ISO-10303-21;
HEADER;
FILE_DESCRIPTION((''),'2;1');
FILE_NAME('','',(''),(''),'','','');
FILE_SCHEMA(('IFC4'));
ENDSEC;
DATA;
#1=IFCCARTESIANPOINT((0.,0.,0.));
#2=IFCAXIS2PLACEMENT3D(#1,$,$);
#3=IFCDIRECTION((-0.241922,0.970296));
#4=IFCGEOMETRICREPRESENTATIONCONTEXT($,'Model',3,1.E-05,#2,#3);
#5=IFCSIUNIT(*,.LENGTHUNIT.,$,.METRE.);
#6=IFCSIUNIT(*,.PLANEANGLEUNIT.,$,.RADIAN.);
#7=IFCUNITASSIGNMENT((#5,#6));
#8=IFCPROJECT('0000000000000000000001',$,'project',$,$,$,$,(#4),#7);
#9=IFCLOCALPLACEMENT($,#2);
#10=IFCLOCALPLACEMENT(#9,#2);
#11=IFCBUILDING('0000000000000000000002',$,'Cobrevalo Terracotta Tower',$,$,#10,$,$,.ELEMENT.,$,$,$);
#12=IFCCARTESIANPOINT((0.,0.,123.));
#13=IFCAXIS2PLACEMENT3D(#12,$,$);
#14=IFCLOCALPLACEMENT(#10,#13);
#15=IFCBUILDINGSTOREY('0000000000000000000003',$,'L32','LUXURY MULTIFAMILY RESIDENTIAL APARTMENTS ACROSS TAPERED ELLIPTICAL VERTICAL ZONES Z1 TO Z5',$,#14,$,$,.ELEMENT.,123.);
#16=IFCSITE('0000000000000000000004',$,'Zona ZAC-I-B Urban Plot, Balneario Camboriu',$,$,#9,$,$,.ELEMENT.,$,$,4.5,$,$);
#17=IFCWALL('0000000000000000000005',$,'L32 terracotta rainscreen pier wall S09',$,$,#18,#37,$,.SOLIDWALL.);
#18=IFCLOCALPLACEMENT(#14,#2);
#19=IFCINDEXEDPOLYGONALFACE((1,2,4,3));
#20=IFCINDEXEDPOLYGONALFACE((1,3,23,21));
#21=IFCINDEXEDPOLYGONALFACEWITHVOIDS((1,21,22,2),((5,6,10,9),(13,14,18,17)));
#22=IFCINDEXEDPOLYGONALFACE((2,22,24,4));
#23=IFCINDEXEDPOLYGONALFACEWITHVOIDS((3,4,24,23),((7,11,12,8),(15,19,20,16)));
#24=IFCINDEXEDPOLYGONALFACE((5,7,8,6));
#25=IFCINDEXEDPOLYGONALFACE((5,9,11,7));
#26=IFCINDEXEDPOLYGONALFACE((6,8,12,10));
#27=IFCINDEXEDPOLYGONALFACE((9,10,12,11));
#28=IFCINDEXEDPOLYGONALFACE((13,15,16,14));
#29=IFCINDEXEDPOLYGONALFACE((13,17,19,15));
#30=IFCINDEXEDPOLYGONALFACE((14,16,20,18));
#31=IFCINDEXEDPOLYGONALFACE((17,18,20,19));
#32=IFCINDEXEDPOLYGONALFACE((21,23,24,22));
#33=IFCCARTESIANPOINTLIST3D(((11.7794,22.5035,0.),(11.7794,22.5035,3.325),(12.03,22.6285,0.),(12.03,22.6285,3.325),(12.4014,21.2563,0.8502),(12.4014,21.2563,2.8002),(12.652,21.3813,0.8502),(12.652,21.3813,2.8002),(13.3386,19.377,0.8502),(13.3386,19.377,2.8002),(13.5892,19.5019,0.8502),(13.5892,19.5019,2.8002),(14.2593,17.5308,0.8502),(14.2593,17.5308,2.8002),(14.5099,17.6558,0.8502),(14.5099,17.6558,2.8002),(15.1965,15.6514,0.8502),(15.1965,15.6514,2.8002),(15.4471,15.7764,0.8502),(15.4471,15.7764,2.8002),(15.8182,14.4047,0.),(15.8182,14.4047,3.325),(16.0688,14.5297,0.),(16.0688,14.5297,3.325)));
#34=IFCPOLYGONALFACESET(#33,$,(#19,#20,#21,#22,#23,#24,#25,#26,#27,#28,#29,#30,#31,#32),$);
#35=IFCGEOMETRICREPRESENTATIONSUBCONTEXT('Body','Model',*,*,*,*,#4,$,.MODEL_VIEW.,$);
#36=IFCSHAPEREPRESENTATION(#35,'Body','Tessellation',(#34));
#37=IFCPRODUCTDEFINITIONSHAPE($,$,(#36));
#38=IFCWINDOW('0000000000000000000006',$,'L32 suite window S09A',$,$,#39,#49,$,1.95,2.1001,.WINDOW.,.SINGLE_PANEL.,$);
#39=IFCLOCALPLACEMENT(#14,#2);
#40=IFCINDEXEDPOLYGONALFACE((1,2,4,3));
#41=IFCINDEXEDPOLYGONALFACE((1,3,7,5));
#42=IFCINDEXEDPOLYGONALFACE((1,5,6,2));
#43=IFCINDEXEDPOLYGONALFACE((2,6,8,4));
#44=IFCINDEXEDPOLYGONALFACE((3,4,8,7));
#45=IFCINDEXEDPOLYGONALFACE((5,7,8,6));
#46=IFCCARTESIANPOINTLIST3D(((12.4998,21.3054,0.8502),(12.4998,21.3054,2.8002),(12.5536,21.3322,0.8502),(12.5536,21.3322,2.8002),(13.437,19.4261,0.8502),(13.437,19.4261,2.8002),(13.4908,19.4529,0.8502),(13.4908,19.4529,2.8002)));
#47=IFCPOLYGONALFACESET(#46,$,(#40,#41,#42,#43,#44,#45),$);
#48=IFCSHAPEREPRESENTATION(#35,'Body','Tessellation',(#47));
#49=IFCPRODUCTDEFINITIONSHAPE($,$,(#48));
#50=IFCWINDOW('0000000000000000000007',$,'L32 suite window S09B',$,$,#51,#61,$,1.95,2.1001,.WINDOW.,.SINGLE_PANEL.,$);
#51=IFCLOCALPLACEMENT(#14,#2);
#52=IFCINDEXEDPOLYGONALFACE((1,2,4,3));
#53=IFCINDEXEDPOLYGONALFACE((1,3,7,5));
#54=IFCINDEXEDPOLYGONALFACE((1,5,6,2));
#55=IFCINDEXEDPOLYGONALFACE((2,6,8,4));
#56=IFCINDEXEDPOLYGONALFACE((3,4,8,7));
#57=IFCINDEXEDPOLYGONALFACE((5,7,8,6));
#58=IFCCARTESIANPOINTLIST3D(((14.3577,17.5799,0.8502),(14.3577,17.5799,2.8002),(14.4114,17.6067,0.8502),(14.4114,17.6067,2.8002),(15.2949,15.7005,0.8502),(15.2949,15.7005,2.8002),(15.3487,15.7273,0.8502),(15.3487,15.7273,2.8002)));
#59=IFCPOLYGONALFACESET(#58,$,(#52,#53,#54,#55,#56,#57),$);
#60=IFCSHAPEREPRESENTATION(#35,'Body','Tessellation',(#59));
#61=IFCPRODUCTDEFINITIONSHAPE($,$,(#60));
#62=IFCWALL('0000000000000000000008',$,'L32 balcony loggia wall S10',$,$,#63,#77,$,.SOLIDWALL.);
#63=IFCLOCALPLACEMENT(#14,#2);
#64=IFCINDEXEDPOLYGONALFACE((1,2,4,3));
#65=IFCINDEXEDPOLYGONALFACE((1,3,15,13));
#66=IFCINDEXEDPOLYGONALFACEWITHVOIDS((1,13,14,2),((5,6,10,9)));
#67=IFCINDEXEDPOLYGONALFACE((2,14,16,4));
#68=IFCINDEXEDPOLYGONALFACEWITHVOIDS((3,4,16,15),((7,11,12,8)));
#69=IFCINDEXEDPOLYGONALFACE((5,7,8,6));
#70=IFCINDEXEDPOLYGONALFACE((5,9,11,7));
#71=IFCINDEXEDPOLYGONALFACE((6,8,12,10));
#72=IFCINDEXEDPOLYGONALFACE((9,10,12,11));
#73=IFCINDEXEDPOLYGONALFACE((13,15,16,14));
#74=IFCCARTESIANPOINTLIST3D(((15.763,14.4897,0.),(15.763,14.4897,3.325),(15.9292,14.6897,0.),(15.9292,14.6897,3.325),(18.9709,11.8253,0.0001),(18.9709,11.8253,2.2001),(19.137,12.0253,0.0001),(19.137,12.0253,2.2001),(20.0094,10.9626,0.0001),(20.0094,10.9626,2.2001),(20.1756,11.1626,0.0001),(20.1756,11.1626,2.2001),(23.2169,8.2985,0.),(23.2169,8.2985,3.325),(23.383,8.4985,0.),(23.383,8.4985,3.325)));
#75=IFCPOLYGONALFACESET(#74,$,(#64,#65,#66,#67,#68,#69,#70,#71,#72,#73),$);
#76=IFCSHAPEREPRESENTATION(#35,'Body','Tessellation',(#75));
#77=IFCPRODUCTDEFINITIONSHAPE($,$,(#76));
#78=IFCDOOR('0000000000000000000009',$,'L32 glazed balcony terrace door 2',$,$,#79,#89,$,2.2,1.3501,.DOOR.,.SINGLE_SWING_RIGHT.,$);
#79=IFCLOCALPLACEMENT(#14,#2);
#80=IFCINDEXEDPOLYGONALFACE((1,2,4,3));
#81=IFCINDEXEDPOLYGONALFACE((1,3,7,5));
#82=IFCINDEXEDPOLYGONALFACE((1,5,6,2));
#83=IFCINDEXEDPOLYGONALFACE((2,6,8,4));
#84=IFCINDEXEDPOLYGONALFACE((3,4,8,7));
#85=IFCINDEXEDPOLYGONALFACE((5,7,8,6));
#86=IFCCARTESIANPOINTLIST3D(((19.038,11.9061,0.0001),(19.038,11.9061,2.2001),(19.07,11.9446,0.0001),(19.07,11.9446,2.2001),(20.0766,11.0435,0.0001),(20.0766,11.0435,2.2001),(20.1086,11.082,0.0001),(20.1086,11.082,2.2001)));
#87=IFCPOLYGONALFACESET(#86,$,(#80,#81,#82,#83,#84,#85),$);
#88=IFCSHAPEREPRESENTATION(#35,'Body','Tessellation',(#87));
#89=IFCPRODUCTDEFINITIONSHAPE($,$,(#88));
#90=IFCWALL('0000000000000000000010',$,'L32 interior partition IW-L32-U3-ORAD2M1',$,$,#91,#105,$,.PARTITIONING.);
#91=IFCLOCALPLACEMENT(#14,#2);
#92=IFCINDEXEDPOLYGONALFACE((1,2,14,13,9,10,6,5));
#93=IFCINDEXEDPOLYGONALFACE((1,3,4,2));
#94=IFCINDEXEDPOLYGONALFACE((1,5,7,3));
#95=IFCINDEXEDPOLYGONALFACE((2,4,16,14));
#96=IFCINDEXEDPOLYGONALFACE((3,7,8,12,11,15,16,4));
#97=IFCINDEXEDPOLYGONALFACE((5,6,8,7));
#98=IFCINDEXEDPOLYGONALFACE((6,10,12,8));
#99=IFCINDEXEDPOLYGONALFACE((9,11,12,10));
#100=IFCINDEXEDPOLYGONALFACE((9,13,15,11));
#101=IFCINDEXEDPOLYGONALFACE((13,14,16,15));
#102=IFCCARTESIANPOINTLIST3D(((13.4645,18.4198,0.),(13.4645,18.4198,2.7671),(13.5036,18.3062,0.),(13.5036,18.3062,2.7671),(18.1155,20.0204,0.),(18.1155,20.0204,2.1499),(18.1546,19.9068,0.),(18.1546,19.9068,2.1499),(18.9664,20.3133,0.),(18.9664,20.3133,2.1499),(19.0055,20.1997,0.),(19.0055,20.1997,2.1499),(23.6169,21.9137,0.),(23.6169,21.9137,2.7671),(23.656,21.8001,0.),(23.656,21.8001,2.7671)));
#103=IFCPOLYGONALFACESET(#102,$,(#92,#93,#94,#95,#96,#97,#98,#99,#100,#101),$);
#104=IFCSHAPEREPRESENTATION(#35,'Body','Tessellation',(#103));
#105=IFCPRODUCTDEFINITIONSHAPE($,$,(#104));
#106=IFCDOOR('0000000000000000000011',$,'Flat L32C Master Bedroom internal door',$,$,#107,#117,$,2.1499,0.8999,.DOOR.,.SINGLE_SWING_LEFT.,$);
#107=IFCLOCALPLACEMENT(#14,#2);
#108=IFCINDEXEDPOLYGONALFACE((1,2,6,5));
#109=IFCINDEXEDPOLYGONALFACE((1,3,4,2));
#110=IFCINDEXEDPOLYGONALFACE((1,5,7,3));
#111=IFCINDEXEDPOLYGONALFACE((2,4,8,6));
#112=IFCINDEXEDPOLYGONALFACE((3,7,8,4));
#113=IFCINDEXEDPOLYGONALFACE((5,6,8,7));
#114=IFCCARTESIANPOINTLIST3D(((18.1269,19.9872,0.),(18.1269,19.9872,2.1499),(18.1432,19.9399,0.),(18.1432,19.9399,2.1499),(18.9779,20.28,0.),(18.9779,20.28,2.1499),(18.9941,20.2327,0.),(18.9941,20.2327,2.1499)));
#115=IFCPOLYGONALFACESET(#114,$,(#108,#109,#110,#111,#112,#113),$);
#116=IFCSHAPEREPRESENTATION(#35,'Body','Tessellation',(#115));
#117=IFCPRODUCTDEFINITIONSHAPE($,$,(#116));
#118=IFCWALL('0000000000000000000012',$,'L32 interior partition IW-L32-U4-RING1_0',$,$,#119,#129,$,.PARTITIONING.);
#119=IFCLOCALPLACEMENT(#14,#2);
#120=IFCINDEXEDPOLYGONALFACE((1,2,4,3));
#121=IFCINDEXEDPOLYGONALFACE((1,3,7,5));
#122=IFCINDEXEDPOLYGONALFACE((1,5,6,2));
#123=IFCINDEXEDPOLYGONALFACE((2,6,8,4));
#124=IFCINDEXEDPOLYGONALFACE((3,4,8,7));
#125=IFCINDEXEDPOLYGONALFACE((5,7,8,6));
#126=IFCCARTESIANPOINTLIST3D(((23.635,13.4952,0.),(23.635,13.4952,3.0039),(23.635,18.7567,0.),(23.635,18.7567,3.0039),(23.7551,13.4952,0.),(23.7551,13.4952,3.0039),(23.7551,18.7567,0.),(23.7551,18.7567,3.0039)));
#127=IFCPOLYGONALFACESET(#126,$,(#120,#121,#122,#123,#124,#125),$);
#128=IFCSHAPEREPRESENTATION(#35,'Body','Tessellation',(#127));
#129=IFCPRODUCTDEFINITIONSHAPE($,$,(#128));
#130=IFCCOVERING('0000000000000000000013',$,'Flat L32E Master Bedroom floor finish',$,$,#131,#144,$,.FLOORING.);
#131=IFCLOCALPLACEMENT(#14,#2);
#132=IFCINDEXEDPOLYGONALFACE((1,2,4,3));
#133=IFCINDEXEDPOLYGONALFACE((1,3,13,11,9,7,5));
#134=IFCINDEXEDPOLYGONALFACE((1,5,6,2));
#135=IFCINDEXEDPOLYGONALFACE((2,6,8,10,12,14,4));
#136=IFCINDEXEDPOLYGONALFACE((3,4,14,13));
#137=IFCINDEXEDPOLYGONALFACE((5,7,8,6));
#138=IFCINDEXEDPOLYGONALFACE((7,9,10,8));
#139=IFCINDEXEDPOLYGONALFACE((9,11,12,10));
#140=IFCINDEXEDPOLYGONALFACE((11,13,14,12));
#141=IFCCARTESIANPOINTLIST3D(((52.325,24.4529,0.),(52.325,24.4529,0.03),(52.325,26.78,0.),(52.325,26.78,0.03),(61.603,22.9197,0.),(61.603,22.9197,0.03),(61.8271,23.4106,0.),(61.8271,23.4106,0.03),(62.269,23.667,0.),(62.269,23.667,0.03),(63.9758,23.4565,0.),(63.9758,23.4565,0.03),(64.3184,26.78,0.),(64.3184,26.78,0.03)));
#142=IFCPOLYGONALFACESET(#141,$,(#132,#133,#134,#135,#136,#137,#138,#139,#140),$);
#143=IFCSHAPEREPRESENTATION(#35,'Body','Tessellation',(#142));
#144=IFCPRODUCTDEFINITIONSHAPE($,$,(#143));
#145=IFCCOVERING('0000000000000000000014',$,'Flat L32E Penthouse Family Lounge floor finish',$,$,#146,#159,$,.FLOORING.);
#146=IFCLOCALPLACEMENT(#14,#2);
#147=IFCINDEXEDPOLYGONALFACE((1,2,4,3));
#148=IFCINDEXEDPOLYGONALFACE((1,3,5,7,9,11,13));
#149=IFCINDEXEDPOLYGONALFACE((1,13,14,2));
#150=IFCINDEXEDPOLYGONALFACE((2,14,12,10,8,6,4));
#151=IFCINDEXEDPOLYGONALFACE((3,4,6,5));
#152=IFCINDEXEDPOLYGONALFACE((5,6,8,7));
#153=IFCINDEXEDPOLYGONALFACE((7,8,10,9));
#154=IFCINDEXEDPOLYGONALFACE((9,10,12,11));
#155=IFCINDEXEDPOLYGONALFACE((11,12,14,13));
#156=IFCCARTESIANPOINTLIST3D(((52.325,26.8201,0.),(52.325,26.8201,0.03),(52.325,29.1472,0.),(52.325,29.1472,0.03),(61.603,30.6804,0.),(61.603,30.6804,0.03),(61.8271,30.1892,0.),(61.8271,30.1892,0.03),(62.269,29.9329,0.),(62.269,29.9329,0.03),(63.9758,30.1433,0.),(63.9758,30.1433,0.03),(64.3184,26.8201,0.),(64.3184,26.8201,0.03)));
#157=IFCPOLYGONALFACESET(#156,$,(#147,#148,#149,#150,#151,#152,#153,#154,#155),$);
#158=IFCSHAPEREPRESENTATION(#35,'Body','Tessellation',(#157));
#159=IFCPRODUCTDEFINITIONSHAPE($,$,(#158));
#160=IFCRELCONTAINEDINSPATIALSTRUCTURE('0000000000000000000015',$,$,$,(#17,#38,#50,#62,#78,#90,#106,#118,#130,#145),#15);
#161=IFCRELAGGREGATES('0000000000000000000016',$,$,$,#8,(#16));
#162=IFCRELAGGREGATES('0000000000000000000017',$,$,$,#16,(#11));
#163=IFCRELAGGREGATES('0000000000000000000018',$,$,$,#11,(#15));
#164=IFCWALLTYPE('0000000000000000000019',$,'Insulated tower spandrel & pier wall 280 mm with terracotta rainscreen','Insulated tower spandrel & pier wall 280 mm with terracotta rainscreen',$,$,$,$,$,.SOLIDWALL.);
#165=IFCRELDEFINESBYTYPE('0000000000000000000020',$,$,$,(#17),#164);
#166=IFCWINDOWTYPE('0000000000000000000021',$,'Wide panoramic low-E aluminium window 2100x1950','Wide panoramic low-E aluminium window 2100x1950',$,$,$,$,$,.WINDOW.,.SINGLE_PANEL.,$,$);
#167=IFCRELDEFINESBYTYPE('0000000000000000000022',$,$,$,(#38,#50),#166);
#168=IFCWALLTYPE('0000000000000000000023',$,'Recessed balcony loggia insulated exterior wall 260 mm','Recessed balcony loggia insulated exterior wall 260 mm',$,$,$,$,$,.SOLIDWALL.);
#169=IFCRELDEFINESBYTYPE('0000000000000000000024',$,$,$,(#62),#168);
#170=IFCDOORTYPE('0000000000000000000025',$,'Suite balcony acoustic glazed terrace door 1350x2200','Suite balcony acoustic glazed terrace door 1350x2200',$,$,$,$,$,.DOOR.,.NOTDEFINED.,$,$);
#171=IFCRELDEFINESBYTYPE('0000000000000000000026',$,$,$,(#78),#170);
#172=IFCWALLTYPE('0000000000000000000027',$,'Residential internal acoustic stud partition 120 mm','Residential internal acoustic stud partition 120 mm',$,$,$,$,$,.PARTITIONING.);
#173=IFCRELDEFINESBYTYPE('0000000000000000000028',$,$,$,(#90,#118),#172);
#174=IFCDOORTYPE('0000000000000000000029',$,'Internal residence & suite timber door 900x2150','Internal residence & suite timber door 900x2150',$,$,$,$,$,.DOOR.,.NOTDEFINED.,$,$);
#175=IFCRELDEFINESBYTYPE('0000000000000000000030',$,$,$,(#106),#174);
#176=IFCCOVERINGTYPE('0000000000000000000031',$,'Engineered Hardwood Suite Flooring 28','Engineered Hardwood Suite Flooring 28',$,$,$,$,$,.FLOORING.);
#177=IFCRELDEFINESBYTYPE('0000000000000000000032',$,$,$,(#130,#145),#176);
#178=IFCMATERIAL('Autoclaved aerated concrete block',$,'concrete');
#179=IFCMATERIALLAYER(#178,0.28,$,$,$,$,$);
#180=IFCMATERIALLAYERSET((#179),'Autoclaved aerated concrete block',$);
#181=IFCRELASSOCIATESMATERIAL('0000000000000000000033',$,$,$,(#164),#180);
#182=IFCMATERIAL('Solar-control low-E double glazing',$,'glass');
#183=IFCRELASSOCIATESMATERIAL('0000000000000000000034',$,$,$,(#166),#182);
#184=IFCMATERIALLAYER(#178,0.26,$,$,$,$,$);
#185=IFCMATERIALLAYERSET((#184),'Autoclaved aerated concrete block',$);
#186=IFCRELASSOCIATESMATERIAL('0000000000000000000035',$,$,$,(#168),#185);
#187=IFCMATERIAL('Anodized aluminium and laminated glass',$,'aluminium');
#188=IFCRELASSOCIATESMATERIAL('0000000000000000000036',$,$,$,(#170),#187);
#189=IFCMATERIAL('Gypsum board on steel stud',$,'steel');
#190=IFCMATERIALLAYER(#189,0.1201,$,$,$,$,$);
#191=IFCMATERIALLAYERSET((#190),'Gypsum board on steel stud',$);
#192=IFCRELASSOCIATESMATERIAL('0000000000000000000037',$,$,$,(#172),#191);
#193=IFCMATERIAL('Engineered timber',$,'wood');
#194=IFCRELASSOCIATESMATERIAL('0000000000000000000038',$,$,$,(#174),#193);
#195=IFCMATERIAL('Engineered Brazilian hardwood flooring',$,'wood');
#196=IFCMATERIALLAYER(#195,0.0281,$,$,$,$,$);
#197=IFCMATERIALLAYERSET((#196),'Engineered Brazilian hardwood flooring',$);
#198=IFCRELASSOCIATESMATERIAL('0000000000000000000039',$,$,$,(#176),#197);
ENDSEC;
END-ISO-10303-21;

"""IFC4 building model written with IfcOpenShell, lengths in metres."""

from ifc_helpers import new_model, si_unit, direction, frame, frame_2d, origin, place, context, subcontext, project, spatial, polyline, rectangle, outline, extrude, source, transform, mapped, material, layer, layer_set, type_object, element, fill, save


model = new_model("IFC4")

# Units and contexts
model_context = context("Model", 3, precision=1e-05, world=origin(), true_north=direction((-0.241922, 0.970296)))
body_context = subcontext(model_context, "Body", "Model", "MODEL_VIEW")
ifc_project = project(units=[si_unit("LENGTHUNIT", "METRE"), si_unit("PLANEANGLEUNIT", "RADIAN")], contexts=[model_context])

# Site, building, storey
site_placement = place(None, origin())
site = spatial("IfcSite", under=ifc_project, at=site_placement, Name="Zona ZAC-I-B Urban Plot, Balneario Camboriu", CompositionType="ELEMENT", RefElevation=4.5)
building_placement = place(site_placement, origin())
building = spatial("IfcBuilding", under=site, at=building_placement, Name="Cobrevalo Terracotta Tower", CompositionType="ELEMENT")
storey_placement = place(building_placement, frame((0.0, 0.0, 123.0)))
storey = spatial("IfcBuildingStorey", under=building, at=storey_placement, Name="L32", Description="LUXURY MULTIFAMILY RESIDENTIAL APARTMENTS ACROSS TAPERED ELLIPTICAL VERTICAL ZONES Z1 TO Z5", CompositionType="ELEMENT", Elevation=123.0)

# Wall, openings, windows
ifc_material_1 = material(Name="Autoclaved aerated concrete block", Category="concrete")
ifc_layer_1 = layer(ifc_material_1, 0.28)
ifc_layer_set_1 = layer_set([ifc_layer_1], Name="Autoclaved aerated concrete block")
wall_type_1 = type_object("IfcWallType", Name="Insulated tower spandrel & pier wall 280 mm with terracotta rainscreen", Description="Insulated tower spandrel & pier wall 280 mm with terracotta rainscreen", PredefinedType="SOLIDWALL", material=ifc_layer_set_1)
wall_1_placement = place(storey_placement, frame((11.9048, 22.5659, 0.0), z_axis=(0.0, 0.0, 1.0), x_axis=(0.446275, -0.894896, 0.0)))
wall_1 = element("IfcWall", 1, at=wall_1_placement, inside=storey, type_object=wall_type_1, Name="L32 terracotta rainscreen pier wall S09", PredefinedType="SOLIDWALL", context=body_context, shape_type="SweptSolid", body=[
    extrude(rectangle(XDim=9.05, YDim=0.28, at=frame_2d((4.5249, 0.0))), origin(), (0.0, 0.0, 1.0), 3.325),
])
opening_1_placement = place(wall_1_placement, frame((1.3936, 0.0, 0.8501)))
opening_1 = element("IfcOpeningElement", 2, at=opening_1_placement, cuts=wall_1, PredefinedType="OPENING", context=body_context, shape_type="SweptSolid", body=[
    extrude(rectangle(XDim=2.1001, YDim=1.95, at=frame_2d((1.05, 0.9751))), frame((0.0, 0.1499, 0.0), z_axis=(0.0, -1.0, 0.0), x_axis=(1.0, 0.0, 0.0)), (0.0, 0.0, 1.0), 0.3),
])
opening_2_placement = place(wall_1_placement, frame((5.5566, 0.0, 0.8501)))
opening_2 = element("IfcOpeningElement", 3, at=opening_2_placement, cuts=wall_1, PredefinedType="OPENING", context=body_context, shape_type="SweptSolid", body=[
    extrude(rectangle(XDim=2.1001, YDim=1.95, at=frame_2d((1.05, 0.9751))), frame((0.0, 0.1499, 0.0), z_axis=(0.0, -1.0, 0.0), x_axis=(1.0, 0.0, 0.0)), (0.0, 0.0, 1.0), 0.3),
])
ifc_material_2 = material(Name="Solar-control low-E double glazing", Category="glass")
window_type = type_object("IfcWindowType", Name="Wide panoramic low-E aluminium window 2100x1950", Description="Wide panoramic low-E aluminium window 2100x1950", PartitioningType="SINGLE_PANEL", PredefinedType="WINDOW", material=ifc_material_2)
shared_shape_1 = source(origin(), body_context, "Body", "SweptSolid", [
    extrude(rectangle(XDim=2.1001, YDim=1.95, at=frame_2d((1.05, 0.9751))), frame((0.0, 0.03, 0.0), z_axis=(0.0, -1.0, 0.0), x_axis=(1.0, 0.0, 0.0)), (0.0, 0.0, 1.0), 0.0601),
])
window_1_placement = place(opening_1_placement, origin())
window_1 = element("IfcWindow", 4, at=window_1_placement, inside=storey, type_object=window_type, Name="L32 suite window S09A", OverallHeight=1.95, OverallWidth=2.1001, PartitioningType="SINGLE_PANEL", PredefinedType="WINDOW", context=body_context, shape_type="MappedRepresentation", body=[
    mapped(shared_shape_1, transform((0.0, 0.0, 0.0), scale=1.0)),
])
fill(opening_1, window_1)
window_2_placement = place(opening_2_placement, origin())
window_2 = element("IfcWindow", 5, at=window_2_placement, inside=storey, type_object=window_type, Name="L32 suite window S09B", OverallHeight=1.95, OverallWidth=2.1001, PartitioningType="SINGLE_PANEL", PredefinedType="WINDOW", context=body_context, shape_type="MappedRepresentation", body=[
    mapped(shared_shape_1, transform((0.0, 0.0, 0.0), scale=1.0)),
])
fill(opening_2, window_2)

# Walls, openings, doors
ifc_layer_2 = layer(ifc_material_1, 0.26)
ifc_layer_set_2 = layer_set([ifc_layer_2], Name="Autoclaved aerated concrete block")
wall_type_2 = type_object("IfcWallType", Name="Recessed balcony loggia insulated exterior wall 260 mm", Description="Recessed balcony loggia insulated exterior wall 260 mm", PredefinedType="SOLIDWALL", material=ifc_layer_set_2)
wall_2_placement = place(storey_placement, frame((15.8462, 14.5896, 0.0), z_axis=(0.0, 0.0, 1.0), x_axis=(0.769255, -0.638942, 0.0)))
wall_2 = element("IfcWall", 6, at=wall_2_placement, inside=storey, type_object=wall_type_2, Name="L32 balcony loggia wall S10", PredefinedType="SOLIDWALL", context=body_context, shape_type="SweptSolid", body=[
    extrude(rectangle(XDim=9.6897, YDim=0.26, at=frame_2d((4.8447, 0.0))), origin(), (0.0, 0.0, 1.0), 3.325),
])
opening_3_placement = place(wall_2_placement, frame((4.1699, 0.0, 0.0)))
opening_3 = element("IfcOpeningElement", 7, at=opening_3_placement, cuts=wall_2, PredefinedType="OPENING", context=body_context, shape_type="SweptSolid", body=[
    extrude(rectangle(XDim=1.3501, YDim=2.2, at=frame_2d((0.675, 1.1001))), frame((0.0, 0.1401, 0.0), z_axis=(0.0, -1.0, 0.0), x_axis=(1.0, 0.0, 0.0)), (0.0, 0.0, 1.0), 0.28),
])
ifc_material_3 = material(Name="Anodized aluminium and laminated glass", Category="aluminium")
door_type_1 = type_object("IfcDoorType", Name="Suite balcony acoustic glazed terrace door 1350x2200", Description="Suite balcony acoustic glazed terrace door 1350x2200", OperationType="NOTDEFINED", PredefinedType="DOOR", material=ifc_material_3)
shared_shape_2 = source(origin(), body_context, "Body", "SweptSolid", [
    extrude(rectangle(XDim=1.3501, YDim=2.2, at=frame_2d((0.675, 1.1001))), frame((0.0, 0.0249, 0.0), z_axis=(0.0, -1.0, 0.0), x_axis=(1.0, 0.0, 0.0)), (0.0, 0.0, 1.0), 0.05),
])
door_1_placement = place(opening_3_placement, frame((1.3501, 0.0, 0.0), z_axis=(0.0, 0.0, 1.0), x_axis=(-1.0, 0.0, 0.0)))
door_1 = element("IfcDoor", 8, at=door_1_placement, inside=storey, type_object=door_type_1, Name="L32 glazed balcony terrace door 2", OperationType="SINGLE_SWING_RIGHT", OverallHeight=2.2, OverallWidth=1.3501, PredefinedType="DOOR", context=body_context, shape_type="MappedRepresentation", body=[
    mapped(shared_shape_2, transform((0.0, 0.0, 0.0), scale=1.0)),
])
fill(opening_3, door_1)
ifc_material_4 = material(Name="Gypsum board on steel stud", Category="steel")
ifc_layer_3 = layer(ifc_material_4, 0.1201)
ifc_layer_set_3 = layer_set([ifc_layer_3], Name="Gypsum board on steel stud")
wall_type_3 = type_object("IfcWallType", Name="Residential internal acoustic stud partition 120 mm", Description="Residential internal acoustic stud partition 120 mm", PredefinedType="PARTITIONING", material=ifc_layer_set_3)
wall_3_placement = place(storey_placement, frame((23.6365, 21.8569, 0.0), z_axis=(0.0, 0.0, 1.0), x_axis=(-0.945571, -0.325415, 0.0)))
wall_3 = element("IfcWall", 9, at=wall_3_placement, inside=storey, type_object=wall_type_3, Name="L32 interior partition IW-L32-U3-ORAD2M1", PredefinedType="PARTITIONING", context=body_context, shape_type="SweptSolid", body=[
    extrude(rectangle(XDim=10.7368, YDim=0.1201, at=frame_2d((5.3684, 0.0))), origin(), (0.0, 0.0, 1.0), 2.7671),
])
opening_4_placement = place(wall_3_placement, frame((4.9182, 0.0, 0.0)))
opening_4 = element("IfcOpeningElement", 10, at=opening_4_placement, cuts=wall_3, PredefinedType="OPENING", context=body_context, shape_type="SweptSolid", body=[
    extrude(rectangle(XDim=0.8999, YDim=2.1499, at=frame_2d((0.45, 1.075))), frame((0.0, 0.0701, 0.0), z_axis=(0.0, -1.0, 0.0), x_axis=(1.0, 0.0, 0.0)), (0.0, 0.0, 1.0), 0.1401),
])
ifc_material_5 = material(Name="Engineered timber", Category="wood")
door_type_2 = type_object("IfcDoorType", Name="Internal residence & suite timber door 900x2150", Description="Internal residence & suite timber door 900x2150", OperationType="NOTDEFINED", PredefinedType="DOOR", material=ifc_material_5)
shared_shape_3 = source(origin(), body_context, "Body", "SweptSolid", [
    extrude(rectangle(XDim=0.8999, YDim=2.1499, at=frame_2d((0.45, 1.075))), frame((0.0, 0.0249, 0.0), z_axis=(0.0, -1.0, 0.0), x_axis=(1.0, 0.0, 0.0)), (0.0, 0.0, 1.0), 0.05),
])
door_2_placement = place(opening_4_placement, frame((0.8999, 0.0, 0.0), z_axis=(0.0, 0.0, 1.0), x_axis=(-1.0, 0.0, 0.0)))
door_2 = element("IfcDoor", 11, at=door_2_placement, inside=storey, type_object=door_type_2, Name="Flat L32C Master Bedroom internal door", OperationType="SINGLE_SWING_LEFT", OverallHeight=2.1499, OverallWidth=0.8999, PredefinedType="DOOR", context=body_context, shape_type="MappedRepresentation", body=[
    mapped(shared_shape_3, transform((0.0, 0.0, 0.0), scale=1.0)),
])
fill(opening_4, door_2)

# Wall
wall_4_placement = place(storey_placement, frame((23.6951, 13.4951, 0.0), z_axis=(0.0, 0.0, 1.0), x_axis=(0.0, 1.0, 0.0)))
element("IfcWall", 12, at=wall_4_placement, inside=storey, type_object=wall_type_3, Name="L32 interior partition IW-L32-U4-RING1_0", PredefinedType="PARTITIONING", context=body_context, shape_type="SweptSolid", body=[
    extrude(rectangle(XDim=5.2615, YDim=0.1201, at=frame_2d((2.6309, 0.0))), origin(), (0.0, 0.0, 1.0), 3.0039),
])

# Coverings
ifc_material_6 = material(Name="Engineered Brazilian hardwood flooring", Category="wood")
ifc_layer_4 = layer(ifc_material_6, 0.0281)
ifc_layer_set_4 = layer_set([ifc_layer_4], Name="Engineered Brazilian hardwood flooring")
covering_type_1 = type_object("IfcCoveringType", Name="Engineered Hardwood Suite Flooring 28", Description="Engineered Hardwood Suite Flooring 28", PredefinedType="FLOORING", material=ifc_layer_set_4)
covering_1_placement = place(storey_placement, origin())
element("IfcCovering", 13, at=covering_1_placement, inside=storey, type_object=covering_type_1, Name="Flat L32E Master Bedroom floor finish", PredefinedType="FLOORING", context=body_context, shape_type="SweptSolid", body=[
    extrude(outline(polyline([(64.3184, 26.78), (63.9758, 23.4565), (62.269, 23.667), (61.8271, 23.4106), (61.603, 22.9197), (52.325, 24.4529), (52.325, 26.78), (64.3184, 26.78)])), origin(), (0.0, 0.0, 1.0), 0.03),
])
covering_2_placement = place(storey_placement, origin())
element("IfcCovering", 14, at=covering_2_placement, inside=storey, type_object=covering_type_1, Name="Flat L32E Penthouse Family Lounge floor finish", PredefinedType="FLOORING", context=body_context, shape_type="SweptSolid", body=[
    extrude(outline(polyline([(61.603, 30.6804), (61.8271, 30.1892), (62.269, 29.9329), (63.9758, 30.1433), (64.3184, 26.8201), (52.325, 26.8201), (52.325, 29.1472), (61.603, 30.6804)])), origin(), (0.0, 0.0, 1.0), 0.03),
])

save(model, "model.ifc")
